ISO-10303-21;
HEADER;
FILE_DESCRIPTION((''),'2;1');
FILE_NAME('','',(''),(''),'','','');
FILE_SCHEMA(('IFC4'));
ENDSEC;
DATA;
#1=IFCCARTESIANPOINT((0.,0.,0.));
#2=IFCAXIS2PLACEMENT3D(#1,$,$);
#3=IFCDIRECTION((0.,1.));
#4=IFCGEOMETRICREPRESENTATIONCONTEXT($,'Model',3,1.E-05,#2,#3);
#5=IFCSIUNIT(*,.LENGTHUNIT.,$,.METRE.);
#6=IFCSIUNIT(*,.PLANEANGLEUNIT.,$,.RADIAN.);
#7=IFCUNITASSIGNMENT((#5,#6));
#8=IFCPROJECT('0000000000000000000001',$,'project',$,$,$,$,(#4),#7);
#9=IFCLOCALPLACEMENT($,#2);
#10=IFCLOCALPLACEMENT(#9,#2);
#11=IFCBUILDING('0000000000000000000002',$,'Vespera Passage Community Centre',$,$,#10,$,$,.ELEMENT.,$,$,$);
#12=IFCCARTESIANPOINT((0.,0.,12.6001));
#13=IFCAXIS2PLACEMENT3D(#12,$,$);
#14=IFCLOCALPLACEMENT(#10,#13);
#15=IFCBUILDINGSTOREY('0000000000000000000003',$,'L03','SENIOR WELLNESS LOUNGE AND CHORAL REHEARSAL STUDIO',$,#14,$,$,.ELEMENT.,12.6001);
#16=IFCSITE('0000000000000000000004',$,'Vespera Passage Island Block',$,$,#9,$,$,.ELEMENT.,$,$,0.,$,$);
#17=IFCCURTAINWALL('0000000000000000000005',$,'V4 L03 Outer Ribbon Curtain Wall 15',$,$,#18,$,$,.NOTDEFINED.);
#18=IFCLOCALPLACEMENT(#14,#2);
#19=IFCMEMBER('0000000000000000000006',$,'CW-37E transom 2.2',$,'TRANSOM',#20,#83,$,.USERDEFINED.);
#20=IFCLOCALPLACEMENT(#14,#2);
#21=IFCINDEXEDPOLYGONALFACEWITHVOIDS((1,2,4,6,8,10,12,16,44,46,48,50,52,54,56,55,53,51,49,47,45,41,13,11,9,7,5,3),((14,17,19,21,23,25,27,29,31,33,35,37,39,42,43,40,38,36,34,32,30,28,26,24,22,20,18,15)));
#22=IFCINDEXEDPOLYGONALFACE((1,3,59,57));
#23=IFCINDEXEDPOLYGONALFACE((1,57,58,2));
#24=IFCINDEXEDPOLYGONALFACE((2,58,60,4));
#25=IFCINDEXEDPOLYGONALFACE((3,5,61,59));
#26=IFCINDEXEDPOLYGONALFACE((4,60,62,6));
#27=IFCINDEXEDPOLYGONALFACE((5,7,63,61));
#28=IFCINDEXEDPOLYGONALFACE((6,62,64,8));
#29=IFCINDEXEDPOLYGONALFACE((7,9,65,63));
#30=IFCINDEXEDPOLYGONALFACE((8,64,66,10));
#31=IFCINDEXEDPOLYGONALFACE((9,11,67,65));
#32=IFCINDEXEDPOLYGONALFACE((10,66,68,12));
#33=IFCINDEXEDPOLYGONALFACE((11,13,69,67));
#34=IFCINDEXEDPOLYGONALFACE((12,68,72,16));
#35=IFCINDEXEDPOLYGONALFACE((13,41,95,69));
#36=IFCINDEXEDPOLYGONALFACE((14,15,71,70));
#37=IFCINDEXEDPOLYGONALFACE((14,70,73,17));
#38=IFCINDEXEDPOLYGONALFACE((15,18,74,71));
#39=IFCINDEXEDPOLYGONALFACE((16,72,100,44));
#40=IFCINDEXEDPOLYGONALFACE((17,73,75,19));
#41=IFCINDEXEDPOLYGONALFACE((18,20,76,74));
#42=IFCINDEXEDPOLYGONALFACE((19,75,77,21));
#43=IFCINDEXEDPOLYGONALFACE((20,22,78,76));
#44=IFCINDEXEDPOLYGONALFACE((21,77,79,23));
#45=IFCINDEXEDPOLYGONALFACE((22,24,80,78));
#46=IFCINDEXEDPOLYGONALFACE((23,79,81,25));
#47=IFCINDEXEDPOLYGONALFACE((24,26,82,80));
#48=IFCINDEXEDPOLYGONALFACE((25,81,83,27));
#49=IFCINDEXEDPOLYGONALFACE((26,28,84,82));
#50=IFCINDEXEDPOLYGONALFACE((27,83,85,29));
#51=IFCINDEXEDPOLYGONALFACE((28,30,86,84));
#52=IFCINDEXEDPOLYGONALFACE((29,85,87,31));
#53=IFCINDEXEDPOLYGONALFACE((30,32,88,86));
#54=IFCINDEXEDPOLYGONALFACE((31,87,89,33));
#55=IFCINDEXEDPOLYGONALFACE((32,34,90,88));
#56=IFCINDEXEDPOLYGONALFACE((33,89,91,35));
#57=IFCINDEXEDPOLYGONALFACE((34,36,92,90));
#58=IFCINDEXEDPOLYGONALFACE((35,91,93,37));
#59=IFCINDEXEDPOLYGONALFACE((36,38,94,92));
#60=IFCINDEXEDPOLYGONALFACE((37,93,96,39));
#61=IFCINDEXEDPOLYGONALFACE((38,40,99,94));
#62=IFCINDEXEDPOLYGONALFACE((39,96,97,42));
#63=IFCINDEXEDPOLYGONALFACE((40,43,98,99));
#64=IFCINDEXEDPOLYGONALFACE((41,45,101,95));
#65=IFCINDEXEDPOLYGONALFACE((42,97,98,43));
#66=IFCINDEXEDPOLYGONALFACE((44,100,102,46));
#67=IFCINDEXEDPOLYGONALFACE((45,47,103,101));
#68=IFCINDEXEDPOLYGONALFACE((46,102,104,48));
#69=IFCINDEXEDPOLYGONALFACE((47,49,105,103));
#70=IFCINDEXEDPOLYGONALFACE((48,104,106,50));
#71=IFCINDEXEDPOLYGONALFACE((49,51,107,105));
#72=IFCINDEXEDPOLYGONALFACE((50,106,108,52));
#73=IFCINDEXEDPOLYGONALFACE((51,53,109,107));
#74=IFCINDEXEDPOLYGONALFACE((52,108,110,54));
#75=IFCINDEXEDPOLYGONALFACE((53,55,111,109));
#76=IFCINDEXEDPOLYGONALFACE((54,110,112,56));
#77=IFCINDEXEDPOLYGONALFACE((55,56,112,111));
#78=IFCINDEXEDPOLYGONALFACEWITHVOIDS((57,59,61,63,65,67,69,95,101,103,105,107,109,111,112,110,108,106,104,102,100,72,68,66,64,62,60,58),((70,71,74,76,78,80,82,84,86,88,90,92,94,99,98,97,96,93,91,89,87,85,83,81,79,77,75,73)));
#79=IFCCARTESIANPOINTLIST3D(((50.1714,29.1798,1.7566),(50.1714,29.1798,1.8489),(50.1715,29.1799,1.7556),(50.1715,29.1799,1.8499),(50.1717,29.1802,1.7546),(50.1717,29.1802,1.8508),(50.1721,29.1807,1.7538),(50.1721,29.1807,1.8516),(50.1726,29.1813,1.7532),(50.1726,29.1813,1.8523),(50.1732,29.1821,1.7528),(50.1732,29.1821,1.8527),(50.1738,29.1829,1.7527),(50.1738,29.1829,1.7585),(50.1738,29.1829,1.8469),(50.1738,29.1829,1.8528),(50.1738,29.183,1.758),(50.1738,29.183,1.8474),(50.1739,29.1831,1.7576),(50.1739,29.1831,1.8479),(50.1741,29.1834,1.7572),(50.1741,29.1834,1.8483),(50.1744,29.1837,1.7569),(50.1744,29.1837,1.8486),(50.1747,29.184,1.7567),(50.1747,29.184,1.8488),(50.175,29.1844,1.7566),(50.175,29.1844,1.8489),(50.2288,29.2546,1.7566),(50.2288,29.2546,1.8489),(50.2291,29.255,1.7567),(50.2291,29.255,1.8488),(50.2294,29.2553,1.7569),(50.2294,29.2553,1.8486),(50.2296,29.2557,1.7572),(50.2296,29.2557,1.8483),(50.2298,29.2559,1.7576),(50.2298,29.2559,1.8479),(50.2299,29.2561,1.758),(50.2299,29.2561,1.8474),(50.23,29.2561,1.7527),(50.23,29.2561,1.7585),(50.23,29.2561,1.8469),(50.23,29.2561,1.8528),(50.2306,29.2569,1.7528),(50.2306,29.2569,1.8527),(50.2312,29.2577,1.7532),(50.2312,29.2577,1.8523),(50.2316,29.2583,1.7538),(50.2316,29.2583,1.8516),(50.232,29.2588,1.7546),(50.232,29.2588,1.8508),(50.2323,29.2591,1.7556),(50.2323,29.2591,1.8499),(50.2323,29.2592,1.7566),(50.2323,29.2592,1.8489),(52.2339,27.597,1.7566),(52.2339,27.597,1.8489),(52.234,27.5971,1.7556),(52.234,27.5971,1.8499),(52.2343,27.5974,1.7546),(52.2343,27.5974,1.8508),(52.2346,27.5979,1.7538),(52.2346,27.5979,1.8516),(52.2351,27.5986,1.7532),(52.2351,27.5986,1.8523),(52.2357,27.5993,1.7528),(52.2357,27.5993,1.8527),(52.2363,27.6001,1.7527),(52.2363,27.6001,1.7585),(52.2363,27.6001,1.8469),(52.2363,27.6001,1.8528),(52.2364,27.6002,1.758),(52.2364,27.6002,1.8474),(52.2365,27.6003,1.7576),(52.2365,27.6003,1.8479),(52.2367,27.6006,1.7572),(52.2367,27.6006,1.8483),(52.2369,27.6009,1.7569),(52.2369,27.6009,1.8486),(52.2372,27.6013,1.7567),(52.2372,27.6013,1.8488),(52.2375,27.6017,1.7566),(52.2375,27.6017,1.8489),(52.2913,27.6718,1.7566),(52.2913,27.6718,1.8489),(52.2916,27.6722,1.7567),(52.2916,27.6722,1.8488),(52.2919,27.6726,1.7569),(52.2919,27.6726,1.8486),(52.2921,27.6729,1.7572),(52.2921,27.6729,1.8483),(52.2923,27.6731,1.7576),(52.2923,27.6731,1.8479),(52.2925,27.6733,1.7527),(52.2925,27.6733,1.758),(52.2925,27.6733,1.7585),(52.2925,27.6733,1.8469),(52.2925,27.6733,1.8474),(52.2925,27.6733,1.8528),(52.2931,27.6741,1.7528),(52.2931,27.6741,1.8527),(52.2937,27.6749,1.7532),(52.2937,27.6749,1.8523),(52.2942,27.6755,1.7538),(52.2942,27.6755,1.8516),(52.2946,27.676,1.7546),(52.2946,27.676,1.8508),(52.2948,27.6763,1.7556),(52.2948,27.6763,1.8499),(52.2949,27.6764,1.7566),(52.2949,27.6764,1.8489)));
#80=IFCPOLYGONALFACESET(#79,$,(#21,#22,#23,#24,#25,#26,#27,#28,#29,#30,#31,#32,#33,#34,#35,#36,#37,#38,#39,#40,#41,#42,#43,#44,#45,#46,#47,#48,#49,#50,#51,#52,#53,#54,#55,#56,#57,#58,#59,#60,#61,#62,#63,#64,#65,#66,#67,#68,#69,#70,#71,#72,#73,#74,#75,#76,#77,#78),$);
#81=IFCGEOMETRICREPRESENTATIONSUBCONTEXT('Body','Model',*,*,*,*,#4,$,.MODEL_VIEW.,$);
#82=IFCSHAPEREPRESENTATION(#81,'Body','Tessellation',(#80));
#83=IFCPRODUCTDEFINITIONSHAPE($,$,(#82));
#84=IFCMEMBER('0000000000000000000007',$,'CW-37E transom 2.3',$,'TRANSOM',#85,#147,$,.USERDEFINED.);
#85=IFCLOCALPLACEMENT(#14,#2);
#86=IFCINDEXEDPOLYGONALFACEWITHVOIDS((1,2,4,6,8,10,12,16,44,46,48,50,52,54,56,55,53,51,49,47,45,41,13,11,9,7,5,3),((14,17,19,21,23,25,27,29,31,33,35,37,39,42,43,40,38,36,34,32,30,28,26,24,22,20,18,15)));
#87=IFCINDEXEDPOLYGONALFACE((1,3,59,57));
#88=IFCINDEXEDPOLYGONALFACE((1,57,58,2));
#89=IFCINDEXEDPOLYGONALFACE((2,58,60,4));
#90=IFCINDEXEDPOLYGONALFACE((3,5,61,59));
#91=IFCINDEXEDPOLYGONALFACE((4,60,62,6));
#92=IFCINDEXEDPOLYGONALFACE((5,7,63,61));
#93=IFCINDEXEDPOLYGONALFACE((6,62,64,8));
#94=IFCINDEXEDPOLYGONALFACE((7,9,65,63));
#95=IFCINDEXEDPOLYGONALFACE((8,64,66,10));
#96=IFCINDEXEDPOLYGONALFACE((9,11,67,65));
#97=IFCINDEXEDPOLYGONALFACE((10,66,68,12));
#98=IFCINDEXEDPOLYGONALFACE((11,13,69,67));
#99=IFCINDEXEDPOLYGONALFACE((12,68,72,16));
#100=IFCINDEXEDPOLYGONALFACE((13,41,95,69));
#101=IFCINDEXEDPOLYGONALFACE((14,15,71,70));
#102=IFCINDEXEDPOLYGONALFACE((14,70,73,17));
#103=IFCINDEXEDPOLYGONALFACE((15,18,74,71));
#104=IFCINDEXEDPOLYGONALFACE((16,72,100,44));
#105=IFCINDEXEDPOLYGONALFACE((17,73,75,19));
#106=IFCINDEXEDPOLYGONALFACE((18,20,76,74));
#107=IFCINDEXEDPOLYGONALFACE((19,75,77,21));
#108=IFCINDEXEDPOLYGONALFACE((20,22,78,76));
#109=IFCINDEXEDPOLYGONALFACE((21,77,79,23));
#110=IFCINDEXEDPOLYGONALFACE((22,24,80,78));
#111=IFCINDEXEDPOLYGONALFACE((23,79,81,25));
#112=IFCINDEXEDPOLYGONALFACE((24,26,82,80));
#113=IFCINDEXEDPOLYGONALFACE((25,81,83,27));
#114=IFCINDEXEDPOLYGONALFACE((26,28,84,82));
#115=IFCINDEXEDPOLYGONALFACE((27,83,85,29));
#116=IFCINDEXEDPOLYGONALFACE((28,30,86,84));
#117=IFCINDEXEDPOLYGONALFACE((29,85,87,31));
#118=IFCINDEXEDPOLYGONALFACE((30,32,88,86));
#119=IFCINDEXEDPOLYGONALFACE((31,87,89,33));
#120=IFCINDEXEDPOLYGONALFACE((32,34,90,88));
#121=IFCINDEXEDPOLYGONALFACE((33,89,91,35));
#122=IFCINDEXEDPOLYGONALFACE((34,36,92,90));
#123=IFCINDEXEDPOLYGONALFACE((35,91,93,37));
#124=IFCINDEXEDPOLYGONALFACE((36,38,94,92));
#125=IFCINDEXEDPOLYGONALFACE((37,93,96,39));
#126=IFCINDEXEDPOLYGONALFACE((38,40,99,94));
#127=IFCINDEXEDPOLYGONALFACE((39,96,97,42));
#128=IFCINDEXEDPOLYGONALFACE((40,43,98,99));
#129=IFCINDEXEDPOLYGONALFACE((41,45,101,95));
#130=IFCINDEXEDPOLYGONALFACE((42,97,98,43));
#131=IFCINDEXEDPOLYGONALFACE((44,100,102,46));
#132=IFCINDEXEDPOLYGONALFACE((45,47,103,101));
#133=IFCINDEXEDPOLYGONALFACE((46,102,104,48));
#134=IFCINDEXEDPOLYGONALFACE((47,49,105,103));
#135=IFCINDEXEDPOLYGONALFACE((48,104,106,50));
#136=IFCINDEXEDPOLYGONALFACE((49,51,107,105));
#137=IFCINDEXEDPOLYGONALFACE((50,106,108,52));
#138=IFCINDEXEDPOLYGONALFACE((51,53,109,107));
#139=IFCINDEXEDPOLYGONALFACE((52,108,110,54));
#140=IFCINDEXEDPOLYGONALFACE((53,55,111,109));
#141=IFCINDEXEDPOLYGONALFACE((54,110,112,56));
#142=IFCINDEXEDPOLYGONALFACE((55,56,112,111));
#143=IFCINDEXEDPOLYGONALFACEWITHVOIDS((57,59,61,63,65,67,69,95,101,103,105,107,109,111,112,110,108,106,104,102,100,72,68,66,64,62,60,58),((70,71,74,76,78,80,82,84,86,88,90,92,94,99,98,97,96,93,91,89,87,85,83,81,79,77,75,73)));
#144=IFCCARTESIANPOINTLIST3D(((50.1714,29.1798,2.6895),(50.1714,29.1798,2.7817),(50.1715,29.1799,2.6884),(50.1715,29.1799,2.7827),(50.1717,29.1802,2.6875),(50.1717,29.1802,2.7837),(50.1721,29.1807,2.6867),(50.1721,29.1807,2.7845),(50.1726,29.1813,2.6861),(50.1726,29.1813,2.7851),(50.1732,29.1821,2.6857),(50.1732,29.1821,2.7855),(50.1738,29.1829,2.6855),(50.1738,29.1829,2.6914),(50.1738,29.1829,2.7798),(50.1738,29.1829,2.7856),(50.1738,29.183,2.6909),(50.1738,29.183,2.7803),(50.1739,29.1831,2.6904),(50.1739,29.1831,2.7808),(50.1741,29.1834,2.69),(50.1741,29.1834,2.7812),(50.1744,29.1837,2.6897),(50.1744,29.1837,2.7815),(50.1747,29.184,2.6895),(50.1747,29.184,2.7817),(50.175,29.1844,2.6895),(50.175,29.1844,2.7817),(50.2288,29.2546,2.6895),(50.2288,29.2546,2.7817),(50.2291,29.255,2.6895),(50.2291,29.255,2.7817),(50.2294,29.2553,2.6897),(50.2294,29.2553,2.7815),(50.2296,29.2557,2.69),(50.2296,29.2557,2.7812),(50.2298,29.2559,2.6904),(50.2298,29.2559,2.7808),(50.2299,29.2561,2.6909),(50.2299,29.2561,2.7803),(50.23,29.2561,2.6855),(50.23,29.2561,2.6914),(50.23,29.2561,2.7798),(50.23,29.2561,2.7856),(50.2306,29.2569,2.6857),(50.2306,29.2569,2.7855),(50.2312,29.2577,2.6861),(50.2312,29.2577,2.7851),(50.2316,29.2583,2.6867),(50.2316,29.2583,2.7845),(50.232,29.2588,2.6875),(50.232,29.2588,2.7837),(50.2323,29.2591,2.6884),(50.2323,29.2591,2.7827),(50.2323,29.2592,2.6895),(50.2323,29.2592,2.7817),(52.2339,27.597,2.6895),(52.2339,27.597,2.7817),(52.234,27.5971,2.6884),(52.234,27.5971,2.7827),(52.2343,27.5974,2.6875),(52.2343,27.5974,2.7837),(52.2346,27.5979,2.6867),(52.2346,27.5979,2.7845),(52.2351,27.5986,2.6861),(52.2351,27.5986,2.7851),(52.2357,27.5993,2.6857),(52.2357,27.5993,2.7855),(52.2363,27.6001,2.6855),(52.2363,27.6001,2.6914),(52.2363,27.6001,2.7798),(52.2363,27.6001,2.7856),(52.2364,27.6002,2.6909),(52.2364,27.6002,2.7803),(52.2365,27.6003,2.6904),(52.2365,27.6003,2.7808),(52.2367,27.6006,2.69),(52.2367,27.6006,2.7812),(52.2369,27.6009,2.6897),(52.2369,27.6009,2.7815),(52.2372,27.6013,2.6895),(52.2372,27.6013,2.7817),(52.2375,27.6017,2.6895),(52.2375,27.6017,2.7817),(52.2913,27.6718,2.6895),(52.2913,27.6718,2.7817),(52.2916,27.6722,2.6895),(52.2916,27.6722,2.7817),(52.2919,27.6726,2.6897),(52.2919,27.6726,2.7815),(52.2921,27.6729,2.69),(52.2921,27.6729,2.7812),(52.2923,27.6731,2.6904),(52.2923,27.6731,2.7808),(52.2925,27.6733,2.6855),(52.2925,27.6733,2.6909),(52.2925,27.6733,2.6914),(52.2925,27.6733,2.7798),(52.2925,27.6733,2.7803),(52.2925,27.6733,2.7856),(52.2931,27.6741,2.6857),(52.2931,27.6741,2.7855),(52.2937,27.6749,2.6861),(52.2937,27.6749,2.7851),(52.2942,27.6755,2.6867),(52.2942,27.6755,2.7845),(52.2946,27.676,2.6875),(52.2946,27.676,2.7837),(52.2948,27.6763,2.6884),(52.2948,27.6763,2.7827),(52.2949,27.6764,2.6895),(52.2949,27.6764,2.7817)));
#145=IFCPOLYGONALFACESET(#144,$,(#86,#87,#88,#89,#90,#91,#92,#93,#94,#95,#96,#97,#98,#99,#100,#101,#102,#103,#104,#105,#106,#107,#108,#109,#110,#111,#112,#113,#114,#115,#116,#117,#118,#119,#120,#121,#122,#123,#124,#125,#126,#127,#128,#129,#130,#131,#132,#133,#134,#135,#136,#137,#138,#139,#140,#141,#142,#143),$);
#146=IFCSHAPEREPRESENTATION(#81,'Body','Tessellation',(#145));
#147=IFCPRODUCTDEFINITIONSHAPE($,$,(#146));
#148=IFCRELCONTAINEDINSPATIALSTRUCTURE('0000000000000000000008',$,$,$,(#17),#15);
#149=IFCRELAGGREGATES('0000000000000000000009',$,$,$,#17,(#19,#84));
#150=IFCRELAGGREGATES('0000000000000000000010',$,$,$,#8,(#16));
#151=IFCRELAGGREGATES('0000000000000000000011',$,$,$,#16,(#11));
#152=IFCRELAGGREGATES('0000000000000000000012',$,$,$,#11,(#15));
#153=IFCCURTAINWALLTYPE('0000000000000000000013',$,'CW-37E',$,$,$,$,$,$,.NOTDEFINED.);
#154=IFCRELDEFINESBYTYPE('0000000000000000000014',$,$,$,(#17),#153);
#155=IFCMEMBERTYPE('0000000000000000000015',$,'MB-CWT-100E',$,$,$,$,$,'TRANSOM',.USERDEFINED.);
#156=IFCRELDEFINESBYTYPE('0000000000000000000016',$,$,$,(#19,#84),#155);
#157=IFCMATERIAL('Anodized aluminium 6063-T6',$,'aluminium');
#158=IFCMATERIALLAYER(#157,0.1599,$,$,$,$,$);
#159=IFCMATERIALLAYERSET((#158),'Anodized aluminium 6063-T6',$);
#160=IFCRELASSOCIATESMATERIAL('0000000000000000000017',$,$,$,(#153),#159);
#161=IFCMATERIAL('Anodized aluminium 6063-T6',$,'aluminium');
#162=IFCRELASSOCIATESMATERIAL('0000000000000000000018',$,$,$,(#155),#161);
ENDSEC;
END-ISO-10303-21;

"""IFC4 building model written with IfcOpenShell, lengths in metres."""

from ifc_helpers import new_model, si_unit, direction, frame, origin, origin_2d, place, context, subcontext, project, spatial, hollow_rectangle, extrude, material, layer, layer_set, material_profile, profile_set, type_object, element, aggregate, save


model = new_model("IFC4")

# Units and contexts
model_context = context("Model", 3, precision=1e-05, world=origin(), true_north=direction((0.0, 1.0)))
body_context = subcontext(model_context, "Body", "Model", "MODEL_VIEW")
ifc_project = project(units=[si_unit("LENGTHUNIT", "METRE"), si_unit("PLANEANGLEUNIT", "RADIAN")], contexts=[model_context])

# Site, building, storey
site_placement = place(None, origin())
site = spatial("IfcSite", under=ifc_project, at=site_placement, Name="Vespera Passage Island Block", CompositionType="ELEMENT", RefElevation=0.0)
building_placement = place(site_placement, origin())
building = spatial("IfcBuilding", under=site, at=building_placement, Name="Vespera Passage Community Centre", CompositionType="ELEMENT")
storey_placement = place(building_placement, frame((0.0, 0.0, 12.6001)))
storey = spatial("IfcBuildingStorey", under=building, at=storey_placement, Name="L03", Description="SENIOR WELLNESS LOUNGE AND CHORAL REHEARSAL STUDIO", CompositionType="ELEMENT", Elevation=12.6001)

# Curtain wall, members
ifc_material_1 = material(Name="Anodized aluminium 6063-T6", Category="aluminium")
ifc_layer_1 = layer(ifc_material_1, 0.1599)
ifc_layer_set_1 = layer_set([ifc_layer_1], Name="Anodized aluminium 6063-T6")
curtain_wall_type = type_object("IfcCurtainWallType", Name="CW-37E", PredefinedType="NOTDEFINED", material=ifc_layer_set_1)
curtain_wall_placement = place(storey_placement, origin())
curtain_wall = element("IfcCurtainWall", 1, at=curtain_wall_placement, inside=storey, type_object=curtain_wall_type, Name="V4 L03 Outer Ribbon Curtain Wall 15", PredefinedType="NOTDEFINED")
ifc_material_2 = material(Name="Anodized aluminium 6063-T6", Category="aluminium")
ifc_material_profile_1 = material_profile(ifc_material_2, hollow_rectangle(XDim=0.1001, YDim=0.1001, WallThickness=0.0039, InnerFilletRadius=0.002, OuterFilletRadius=0.0039, at=origin_2d()), Name="ALU100X100X4")
ifc_profile_set_1 = profile_set([ifc_material_profile_1], Name="Anodized aluminium 6063-T6")
member_type_1 = type_object("IfcMemberType", Name="MB-CWT-100E", ElementType="TRANSOM", PredefinedType="USERDEFINED", material=ifc_profile_set_1)
member_1_placement = place(storey_placement, frame((52.2644, 27.6367, 1.8027), z_axis=(-0.793325, 0.608798, 0.0), x_axis=(-0.608798, -0.793325, 0.0)))
member_1 = element("IfcMember", 2, at=member_1_placement, type_object=member_type_1, Name="CW-37E transom 2.2", ObjectType="TRANSOM", PredefinedType="USERDEFINED", context=body_context, shape_type="SweptSolid", body=[
    extrude(hollow_rectangle(XDim=0.1001, YDim=0.1001, WallThickness=0.0039, InnerFilletRadius=0.002, OuterFilletRadius=0.0039, at=origin_2d()), origin(), (0.0, 0.0, 1.0), 2.5999),
])
member_2_placement = place(storey_placement, frame((52.2644, 27.6367, 2.7356), z_axis=(-0.793325, 0.608798, 0.0), x_axis=(-0.608798, -0.793325, 0.0)))
member_2 = element("IfcMember", 3, at=member_2_placement, type_object=member_type_1, Name="CW-37E transom 2.3", ObjectType="TRANSOM", PredefinedType="USERDEFINED", context=body_context, shape_type="SweptSolid", body=[
    extrude(hollow_rectangle(XDim=0.1001, YDim=0.1001, WallThickness=0.0039, InnerFilletRadius=0.002, OuterFilletRadius=0.0039, at=origin_2d()), origin(), (0.0, 0.0, 1.0), 2.5999),
])
aggregate(curtain_wall, [member_1, member_2])

save(model, "model.ifc")
